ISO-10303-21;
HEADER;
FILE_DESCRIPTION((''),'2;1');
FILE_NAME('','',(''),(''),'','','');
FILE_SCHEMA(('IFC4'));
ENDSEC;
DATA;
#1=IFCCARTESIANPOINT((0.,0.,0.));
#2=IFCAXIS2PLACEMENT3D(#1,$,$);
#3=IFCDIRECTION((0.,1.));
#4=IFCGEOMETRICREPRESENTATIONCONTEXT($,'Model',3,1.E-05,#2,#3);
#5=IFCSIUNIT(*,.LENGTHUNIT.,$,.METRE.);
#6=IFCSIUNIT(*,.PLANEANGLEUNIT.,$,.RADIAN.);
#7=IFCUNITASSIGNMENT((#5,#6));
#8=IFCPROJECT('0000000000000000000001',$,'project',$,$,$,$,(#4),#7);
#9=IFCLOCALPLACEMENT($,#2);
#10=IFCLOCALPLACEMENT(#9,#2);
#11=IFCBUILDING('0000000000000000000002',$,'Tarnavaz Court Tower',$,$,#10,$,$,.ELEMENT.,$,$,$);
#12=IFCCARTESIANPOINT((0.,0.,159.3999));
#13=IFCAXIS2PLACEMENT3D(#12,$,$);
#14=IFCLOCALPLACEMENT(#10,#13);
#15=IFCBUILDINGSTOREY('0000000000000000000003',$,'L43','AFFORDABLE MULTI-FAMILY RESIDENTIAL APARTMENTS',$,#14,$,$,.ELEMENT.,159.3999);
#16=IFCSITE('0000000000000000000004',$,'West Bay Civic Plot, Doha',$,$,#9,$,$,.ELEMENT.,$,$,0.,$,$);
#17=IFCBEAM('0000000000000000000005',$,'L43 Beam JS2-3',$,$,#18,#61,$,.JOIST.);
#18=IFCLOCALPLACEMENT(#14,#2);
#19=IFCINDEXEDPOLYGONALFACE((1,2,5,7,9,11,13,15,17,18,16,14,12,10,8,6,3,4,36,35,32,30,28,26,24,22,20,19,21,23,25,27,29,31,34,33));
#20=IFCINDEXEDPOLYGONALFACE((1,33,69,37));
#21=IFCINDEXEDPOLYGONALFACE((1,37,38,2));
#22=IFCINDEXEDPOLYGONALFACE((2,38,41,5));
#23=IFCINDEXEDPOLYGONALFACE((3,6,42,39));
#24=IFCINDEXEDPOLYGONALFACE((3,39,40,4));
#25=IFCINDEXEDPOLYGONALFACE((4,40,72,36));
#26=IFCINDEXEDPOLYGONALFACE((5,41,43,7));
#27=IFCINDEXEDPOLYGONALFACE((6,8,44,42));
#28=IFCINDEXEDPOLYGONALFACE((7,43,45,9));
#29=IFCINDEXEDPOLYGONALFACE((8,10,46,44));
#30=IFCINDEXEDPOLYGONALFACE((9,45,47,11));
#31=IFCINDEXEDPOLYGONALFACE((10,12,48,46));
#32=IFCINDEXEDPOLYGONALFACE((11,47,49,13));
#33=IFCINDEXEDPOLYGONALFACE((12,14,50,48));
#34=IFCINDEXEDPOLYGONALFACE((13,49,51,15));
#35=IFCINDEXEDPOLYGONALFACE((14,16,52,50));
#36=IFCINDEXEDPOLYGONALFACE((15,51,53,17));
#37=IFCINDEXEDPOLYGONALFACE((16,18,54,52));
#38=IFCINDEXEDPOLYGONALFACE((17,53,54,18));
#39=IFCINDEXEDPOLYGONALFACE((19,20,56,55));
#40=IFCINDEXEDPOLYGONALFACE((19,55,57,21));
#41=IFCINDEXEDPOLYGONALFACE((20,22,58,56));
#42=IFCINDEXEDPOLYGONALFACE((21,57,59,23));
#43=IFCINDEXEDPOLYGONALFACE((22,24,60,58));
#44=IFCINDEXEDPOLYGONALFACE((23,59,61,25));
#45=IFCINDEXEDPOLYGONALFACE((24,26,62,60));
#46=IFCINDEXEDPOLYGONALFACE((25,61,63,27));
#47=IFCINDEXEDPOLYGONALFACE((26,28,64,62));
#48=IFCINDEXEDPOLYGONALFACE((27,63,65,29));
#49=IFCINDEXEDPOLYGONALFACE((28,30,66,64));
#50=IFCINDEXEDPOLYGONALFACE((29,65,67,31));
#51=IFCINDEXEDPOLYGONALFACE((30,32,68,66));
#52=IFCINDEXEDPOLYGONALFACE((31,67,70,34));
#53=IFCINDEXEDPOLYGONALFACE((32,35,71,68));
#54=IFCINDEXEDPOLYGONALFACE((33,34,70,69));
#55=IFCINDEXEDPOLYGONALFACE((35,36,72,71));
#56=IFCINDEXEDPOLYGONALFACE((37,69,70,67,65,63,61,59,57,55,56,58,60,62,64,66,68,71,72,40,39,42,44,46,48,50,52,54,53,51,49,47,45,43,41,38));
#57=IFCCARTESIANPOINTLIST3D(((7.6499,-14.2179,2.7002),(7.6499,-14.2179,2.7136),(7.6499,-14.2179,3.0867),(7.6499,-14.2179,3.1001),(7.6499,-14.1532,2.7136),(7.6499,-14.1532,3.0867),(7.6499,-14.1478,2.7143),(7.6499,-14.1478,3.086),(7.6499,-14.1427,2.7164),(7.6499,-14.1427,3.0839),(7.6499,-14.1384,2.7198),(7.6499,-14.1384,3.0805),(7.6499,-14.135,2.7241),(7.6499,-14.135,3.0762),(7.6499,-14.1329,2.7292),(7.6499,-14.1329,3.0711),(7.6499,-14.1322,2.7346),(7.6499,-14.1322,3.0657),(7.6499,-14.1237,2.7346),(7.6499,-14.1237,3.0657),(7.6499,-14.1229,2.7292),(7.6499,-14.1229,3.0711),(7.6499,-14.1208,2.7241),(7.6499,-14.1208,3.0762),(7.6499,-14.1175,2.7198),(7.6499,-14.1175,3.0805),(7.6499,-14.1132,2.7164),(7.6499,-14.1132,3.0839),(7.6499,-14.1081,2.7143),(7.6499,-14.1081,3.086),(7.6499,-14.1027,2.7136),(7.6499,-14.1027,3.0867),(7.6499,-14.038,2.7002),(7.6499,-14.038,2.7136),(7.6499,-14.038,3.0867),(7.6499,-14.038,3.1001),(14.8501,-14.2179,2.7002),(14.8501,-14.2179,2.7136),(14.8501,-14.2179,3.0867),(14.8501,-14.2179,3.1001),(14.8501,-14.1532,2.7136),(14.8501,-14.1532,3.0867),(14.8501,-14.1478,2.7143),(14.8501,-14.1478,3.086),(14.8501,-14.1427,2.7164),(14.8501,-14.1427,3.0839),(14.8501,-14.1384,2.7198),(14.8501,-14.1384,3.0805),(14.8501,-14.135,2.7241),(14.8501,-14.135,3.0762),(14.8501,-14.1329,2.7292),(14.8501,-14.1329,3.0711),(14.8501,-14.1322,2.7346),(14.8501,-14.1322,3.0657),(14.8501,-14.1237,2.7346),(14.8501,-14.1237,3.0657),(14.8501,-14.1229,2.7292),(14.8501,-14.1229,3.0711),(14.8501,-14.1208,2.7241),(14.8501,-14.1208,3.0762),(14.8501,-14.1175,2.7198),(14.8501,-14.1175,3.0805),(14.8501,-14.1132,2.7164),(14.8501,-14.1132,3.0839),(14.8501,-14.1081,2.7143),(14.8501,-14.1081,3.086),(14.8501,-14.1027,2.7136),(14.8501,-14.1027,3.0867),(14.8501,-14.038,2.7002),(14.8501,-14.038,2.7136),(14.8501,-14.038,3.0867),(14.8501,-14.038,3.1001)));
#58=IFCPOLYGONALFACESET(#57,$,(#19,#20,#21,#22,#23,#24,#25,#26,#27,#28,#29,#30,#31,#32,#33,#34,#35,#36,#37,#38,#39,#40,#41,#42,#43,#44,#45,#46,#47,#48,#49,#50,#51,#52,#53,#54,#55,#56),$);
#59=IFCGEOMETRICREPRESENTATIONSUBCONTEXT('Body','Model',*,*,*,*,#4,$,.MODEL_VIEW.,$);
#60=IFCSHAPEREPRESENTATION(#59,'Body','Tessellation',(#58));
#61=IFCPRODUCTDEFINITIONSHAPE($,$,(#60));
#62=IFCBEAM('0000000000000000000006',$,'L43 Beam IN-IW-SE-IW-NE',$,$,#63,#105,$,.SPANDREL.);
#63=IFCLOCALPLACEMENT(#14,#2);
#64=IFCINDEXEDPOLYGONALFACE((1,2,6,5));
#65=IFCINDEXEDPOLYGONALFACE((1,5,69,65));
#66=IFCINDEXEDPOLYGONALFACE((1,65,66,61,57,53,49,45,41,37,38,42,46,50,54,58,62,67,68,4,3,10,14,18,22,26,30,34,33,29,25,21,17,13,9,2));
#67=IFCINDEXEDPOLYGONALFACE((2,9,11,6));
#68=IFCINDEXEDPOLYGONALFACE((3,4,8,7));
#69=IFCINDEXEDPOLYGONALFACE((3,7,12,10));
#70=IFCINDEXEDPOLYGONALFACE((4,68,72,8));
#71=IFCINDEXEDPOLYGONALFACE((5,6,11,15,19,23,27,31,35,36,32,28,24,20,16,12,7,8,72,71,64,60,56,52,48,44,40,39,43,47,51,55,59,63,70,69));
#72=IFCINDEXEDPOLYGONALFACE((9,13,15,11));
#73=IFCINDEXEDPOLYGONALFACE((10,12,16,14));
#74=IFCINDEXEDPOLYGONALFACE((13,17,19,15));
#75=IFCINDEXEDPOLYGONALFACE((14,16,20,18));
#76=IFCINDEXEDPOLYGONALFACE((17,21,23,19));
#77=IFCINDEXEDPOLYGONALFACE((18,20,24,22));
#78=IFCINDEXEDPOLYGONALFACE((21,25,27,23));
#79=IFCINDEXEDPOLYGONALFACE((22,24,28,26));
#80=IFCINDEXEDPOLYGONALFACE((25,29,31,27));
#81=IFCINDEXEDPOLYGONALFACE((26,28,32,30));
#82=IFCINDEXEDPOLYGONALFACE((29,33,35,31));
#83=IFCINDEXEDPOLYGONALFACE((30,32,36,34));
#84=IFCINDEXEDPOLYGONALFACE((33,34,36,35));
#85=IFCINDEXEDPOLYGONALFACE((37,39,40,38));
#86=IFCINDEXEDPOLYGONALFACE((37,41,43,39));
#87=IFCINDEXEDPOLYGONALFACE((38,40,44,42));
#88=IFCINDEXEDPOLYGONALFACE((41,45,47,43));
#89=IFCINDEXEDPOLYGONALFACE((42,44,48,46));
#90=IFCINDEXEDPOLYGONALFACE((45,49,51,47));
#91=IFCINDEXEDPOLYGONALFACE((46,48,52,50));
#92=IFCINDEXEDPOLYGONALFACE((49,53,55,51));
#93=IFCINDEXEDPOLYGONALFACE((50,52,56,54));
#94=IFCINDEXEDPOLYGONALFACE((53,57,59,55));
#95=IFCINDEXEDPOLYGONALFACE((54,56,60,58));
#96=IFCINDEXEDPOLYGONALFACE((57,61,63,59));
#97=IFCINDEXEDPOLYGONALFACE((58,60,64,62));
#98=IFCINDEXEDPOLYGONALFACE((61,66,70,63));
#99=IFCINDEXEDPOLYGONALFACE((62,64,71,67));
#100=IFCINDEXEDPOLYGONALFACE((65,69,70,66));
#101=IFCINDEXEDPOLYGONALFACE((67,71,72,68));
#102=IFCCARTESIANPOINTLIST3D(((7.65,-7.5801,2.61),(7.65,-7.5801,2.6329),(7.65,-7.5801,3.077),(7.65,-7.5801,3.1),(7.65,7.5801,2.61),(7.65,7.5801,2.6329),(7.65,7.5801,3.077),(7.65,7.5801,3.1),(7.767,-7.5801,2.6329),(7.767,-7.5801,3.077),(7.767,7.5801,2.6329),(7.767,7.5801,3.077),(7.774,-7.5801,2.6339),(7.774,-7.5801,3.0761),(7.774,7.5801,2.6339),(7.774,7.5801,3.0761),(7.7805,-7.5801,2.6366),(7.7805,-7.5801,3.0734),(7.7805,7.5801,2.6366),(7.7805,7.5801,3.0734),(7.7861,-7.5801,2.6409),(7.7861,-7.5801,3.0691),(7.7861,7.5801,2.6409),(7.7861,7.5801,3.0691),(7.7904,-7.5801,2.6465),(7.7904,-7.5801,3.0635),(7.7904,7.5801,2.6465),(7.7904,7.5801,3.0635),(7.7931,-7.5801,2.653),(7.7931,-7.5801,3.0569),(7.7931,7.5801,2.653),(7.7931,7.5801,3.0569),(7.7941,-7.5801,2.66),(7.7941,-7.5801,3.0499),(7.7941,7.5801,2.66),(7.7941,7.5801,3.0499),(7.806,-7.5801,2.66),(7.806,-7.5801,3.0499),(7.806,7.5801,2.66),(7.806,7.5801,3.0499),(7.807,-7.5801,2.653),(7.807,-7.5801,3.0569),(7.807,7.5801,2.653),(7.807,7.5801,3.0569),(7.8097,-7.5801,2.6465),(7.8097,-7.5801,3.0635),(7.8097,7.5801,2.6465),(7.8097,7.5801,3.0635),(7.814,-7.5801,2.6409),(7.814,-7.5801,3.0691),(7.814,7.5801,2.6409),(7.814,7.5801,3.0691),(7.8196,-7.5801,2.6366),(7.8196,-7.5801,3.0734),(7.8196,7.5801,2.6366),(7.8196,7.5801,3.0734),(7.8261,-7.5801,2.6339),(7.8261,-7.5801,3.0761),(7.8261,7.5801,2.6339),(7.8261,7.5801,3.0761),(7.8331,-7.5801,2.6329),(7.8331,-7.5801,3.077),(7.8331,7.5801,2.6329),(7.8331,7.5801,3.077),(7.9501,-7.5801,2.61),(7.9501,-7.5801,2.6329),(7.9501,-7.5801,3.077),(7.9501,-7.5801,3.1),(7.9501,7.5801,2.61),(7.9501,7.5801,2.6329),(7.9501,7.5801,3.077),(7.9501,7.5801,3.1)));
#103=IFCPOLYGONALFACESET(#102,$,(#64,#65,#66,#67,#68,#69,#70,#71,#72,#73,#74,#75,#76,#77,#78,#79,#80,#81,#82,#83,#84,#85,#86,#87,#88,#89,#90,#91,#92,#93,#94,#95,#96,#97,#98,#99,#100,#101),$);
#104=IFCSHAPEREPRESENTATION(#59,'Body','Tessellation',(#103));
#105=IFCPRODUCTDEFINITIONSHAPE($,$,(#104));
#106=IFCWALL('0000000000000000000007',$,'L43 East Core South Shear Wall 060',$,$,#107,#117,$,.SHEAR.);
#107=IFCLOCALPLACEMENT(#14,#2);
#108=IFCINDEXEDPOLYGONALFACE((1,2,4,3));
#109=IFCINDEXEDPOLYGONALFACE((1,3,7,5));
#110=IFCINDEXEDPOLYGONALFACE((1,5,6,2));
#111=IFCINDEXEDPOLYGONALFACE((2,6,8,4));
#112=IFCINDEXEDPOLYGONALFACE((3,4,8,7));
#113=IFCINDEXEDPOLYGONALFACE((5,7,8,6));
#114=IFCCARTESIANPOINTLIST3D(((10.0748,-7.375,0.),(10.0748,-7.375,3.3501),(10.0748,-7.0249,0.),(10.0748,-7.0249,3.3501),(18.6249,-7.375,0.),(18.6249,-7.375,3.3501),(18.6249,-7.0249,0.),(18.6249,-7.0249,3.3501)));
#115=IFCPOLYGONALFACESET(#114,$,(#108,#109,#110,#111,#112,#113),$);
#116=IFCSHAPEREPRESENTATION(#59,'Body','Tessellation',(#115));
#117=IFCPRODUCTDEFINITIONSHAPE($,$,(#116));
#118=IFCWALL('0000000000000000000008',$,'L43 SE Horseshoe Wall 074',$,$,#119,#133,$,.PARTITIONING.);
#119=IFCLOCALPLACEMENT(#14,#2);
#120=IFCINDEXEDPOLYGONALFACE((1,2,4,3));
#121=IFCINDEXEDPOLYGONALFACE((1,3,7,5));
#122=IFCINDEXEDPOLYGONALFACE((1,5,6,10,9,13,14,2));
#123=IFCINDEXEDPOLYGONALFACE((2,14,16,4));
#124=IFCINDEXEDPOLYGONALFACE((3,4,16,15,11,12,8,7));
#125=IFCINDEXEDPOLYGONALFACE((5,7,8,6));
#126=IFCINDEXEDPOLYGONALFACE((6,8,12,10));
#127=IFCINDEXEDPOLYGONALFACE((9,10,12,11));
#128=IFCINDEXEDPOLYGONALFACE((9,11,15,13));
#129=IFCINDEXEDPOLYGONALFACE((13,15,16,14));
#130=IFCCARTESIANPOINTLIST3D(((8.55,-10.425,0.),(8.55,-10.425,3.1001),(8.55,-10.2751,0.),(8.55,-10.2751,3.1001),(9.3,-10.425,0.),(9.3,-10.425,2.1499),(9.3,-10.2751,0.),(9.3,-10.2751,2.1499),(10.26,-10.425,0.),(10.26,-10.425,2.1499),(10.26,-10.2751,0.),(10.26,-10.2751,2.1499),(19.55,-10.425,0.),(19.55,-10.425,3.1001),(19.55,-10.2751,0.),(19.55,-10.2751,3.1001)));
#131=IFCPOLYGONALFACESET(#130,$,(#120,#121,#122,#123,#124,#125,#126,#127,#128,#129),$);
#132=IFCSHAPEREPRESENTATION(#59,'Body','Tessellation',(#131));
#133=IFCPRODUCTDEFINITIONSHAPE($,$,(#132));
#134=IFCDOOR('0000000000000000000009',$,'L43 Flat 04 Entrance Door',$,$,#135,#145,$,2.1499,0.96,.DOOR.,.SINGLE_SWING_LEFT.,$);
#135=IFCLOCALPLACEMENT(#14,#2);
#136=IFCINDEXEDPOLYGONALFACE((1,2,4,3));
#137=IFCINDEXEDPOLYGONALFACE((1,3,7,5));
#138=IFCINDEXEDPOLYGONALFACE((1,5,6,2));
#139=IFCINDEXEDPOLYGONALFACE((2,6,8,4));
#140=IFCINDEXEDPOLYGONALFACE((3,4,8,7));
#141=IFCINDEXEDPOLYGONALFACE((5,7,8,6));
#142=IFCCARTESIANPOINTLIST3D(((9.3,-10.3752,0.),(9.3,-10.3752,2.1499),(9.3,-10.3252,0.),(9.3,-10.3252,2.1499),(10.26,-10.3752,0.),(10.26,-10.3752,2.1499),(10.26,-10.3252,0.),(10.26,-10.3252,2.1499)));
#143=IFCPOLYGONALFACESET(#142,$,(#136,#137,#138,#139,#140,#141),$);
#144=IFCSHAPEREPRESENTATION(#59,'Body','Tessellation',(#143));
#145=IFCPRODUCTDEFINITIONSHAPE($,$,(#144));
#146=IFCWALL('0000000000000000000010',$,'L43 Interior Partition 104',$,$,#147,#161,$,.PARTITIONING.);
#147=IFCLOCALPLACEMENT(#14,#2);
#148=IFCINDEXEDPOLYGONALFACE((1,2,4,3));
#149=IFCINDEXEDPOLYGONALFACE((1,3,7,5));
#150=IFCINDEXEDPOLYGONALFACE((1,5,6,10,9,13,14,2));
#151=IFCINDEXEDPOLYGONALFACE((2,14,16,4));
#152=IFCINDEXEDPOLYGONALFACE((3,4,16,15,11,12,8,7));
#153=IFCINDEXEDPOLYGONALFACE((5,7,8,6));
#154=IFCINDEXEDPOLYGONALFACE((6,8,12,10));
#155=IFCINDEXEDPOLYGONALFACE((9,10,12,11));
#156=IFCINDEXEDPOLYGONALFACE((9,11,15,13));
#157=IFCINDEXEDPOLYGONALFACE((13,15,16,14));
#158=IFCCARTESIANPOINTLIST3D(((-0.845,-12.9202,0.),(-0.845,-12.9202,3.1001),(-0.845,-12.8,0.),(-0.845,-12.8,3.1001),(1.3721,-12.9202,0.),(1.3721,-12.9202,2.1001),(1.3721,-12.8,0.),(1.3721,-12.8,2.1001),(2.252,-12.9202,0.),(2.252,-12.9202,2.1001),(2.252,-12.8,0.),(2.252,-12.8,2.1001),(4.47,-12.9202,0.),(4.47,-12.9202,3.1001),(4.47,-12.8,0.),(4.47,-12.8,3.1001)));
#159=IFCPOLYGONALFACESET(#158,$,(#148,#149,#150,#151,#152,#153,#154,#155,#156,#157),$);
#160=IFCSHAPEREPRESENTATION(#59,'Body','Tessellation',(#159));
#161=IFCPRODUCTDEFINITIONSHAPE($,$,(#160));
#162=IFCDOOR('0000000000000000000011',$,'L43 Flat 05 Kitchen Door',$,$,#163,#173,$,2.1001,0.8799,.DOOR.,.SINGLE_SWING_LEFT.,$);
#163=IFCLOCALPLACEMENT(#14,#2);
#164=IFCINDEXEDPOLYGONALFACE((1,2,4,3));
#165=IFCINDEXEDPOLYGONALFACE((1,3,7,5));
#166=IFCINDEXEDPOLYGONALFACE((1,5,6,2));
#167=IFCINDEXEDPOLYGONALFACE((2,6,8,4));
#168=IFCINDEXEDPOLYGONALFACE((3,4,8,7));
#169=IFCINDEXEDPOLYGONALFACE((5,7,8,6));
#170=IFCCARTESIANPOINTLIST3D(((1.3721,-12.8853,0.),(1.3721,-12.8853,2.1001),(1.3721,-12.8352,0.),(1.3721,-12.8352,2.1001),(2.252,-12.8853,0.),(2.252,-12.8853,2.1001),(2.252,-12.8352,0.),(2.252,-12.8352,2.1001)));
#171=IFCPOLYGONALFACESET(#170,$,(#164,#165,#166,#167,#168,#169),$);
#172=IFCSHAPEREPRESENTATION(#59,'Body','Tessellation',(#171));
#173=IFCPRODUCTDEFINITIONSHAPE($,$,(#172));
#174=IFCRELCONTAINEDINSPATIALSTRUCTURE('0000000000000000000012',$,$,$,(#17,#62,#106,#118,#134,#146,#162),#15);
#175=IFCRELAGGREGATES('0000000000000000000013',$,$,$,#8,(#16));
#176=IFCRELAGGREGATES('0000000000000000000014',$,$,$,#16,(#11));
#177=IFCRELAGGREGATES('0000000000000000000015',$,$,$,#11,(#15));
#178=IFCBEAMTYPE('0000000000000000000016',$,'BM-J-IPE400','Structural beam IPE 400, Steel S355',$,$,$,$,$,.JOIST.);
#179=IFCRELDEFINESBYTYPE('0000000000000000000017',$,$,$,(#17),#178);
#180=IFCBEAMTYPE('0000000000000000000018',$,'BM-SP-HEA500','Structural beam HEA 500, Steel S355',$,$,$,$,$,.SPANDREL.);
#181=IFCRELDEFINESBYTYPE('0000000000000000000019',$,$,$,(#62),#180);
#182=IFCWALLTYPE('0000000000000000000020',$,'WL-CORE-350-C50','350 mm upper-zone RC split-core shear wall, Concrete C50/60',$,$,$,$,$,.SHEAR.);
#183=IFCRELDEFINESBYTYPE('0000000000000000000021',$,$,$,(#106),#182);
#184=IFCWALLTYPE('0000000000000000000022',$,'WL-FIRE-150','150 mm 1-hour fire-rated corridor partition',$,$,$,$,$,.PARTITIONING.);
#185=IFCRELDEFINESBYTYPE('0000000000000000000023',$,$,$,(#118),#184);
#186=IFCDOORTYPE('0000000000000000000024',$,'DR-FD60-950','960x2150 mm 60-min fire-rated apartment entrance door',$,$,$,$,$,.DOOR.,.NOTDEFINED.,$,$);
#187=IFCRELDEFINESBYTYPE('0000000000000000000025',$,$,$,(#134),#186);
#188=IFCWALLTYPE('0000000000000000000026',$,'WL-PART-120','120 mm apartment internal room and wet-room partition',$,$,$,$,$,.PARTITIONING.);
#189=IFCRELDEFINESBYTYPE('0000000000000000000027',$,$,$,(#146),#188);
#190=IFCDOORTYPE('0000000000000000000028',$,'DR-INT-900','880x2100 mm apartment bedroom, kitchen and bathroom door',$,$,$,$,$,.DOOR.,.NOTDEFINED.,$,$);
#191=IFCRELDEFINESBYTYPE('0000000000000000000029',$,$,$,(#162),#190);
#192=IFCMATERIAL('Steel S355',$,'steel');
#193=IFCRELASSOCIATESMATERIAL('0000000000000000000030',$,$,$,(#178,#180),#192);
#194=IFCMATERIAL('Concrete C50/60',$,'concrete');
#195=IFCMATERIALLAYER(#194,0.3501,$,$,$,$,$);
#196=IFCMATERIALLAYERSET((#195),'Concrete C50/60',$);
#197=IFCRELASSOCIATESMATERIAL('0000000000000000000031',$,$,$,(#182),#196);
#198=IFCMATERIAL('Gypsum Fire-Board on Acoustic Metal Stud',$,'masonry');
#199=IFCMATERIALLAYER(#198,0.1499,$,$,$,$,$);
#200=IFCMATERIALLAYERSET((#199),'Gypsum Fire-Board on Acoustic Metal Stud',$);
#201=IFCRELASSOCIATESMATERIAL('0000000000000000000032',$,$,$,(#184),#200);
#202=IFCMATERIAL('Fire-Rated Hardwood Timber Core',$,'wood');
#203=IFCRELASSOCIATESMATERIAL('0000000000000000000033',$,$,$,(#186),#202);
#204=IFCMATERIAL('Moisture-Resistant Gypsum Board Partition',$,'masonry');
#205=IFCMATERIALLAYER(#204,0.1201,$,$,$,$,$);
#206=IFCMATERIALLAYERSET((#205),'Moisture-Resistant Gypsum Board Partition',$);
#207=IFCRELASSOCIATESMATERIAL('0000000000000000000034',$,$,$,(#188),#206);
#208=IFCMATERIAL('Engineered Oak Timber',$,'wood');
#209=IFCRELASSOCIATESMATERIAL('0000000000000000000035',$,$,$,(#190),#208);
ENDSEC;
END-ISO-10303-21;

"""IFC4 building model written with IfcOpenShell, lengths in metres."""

from ifc_helpers import new_model, si_unit, direction, frame, frame_2d, origin, origin_2d, place, context, subcontext, project, spatial, rectangle, i_section, extrude, material, layer, layer_set, material_profile, profile_set, type_object, element, fill, save


model = new_model("IFC4")

# Units and contexts
model_context = context("Model", 3, precision=1e-05, world=origin(), true_north=direction((0.0, 1.0)))
body_context = subcontext(model_context, "Body", "Model", "MODEL_VIEW")
ifc_project = project(units=[si_unit("LENGTHUNIT", "METRE"), si_unit("PLANEANGLEUNIT", "RADIAN")], contexts=[model_context])

# Site, building, storey
site_placement = place(None, origin())
site = spatial("IfcSite", under=ifc_project, at=site_placement, Name="West Bay Civic Plot, Doha", CompositionType="ELEMENT", RefElevation=0.0)
building_placement = place(site_placement, origin())
building = spatial("IfcBuilding", under=site, at=building_placement, Name="Tarnavaz Court Tower", CompositionType="ELEMENT")
storey_placement = place(building_placement, frame((0.0, 0.0, 159.3999)))
storey = spatial("IfcBuildingStorey", under=building, at=storey_placement, Name="L43", Description="AFFORDABLE MULTI-FAMILY RESIDENTIAL APARTMENTS", CompositionType="ELEMENT", Elevation=159.3999)

# Beams
ifc_material_1 = material(Name="Steel S355", Category="steel")
ifc_material_profile_1 = material_profile(ifc_material_1, i_section(OverallWidth=0.1799, OverallDepth=0.3999, WebThickness=0.0085, FlangeThickness=0.0134, FilletRadius=0.021, at=origin_2d()), Name="IPE 400")
ifc_profile_set_1 = profile_set([ifc_material_profile_1], Name="Steel S355")
beam_type_1 = type_object("IfcBeamType", Name="BM-J-IPE400", Description="Structural beam IPE 400, Steel S355", PredefinedType="JOIST", material=ifc_profile_set_1)
for number, where, z_axis, x_axis, name in (
    (1, (7.6499, -14.1279, 2.9001), (1.0, 0.0, 0.0), (0.0, 1.0, 0.0), "L43 Beam JS2-3"),
):
    element("IfcBeam", number, at=place(storey_placement, frame(where, z_axis=z_axis, x_axis=x_axis)), inside=storey, type_object=beam_type_1, Name=name, PredefinedType="JOIST", context=body_context, shape_type="SweptSolid", body=[
        extrude(i_section(OverallWidth=0.1799, OverallDepth=0.3999, WebThickness=0.0085, FlangeThickness=0.0134, FilletRadius=0.021, at=origin_2d()), origin(), (0.0, 0.0, 1.0), 7.2002),
    ])
ifc_material_profile_2 = material_profile(ifc_material_1, i_section(OverallWidth=0.3, OverallDepth=0.49, WebThickness=0.012, FlangeThickness=0.0229, FilletRadius=0.0271, at=origin_2d()), Name="HEA 500")
ifc_profile_set_2 = profile_set([ifc_material_profile_2], Name="Steel S355")
beam_type_2 = type_object("IfcBeamType", Name="BM-SP-HEA500", Description="Structural beam HEA 500, Steel S355", PredefinedType="SPANDREL", material=ifc_profile_set_2)
beam_1_placement = place(storey_placement, frame((7.8, -7.5801, 2.855), z_axis=(0.0, 1.0, 0.0), x_axis=(-1.0, 0.0, 0.0)))
element("IfcBeam", 2, at=beam_1_placement, inside=storey, type_object=beam_type_2, Name="L43 Beam IN-IW-SE-IW-NE", PredefinedType="SPANDREL", context=body_context, shape_type="SweptSolid", body=[
    extrude(i_section(OverallWidth=0.3, OverallDepth=0.49, WebThickness=0.012, FlangeThickness=0.0229, FilletRadius=0.0271, at=origin_2d()), origin(), (0.0, 0.0, 1.0), 15.1602),
])

# Wall
ifc_material_2 = material(Name="Concrete C50/60", Category="concrete")
ifc_layer_1 = layer(ifc_material_2, 0.3501)
ifc_layer_set_1 = layer_set([ifc_layer_1], Name="Concrete C50/60")
wall_type_1 = type_object("IfcWallType", Name="WL-CORE-350-C50", Description="350 mm upper-zone RC split-core shear wall, Concrete C50/60", PredefinedType="SHEAR", material=ifc_layer_set_1)
wall_1_placement = place(storey_placement, frame((10.075, -7.2, 0.0), z_axis=(0.0, 0.0, 1.0), x_axis=(1.0, 0.0, 0.0)))
element("IfcWall", 3, at=wall_1_placement, inside=storey, type_object=wall_type_1, Name="L43 East Core South Shear Wall 060", PredefinedType="SHEAR", context=body_context, shape_type="SweptSolid", body=[
    extrude(rectangle(XDim=8.55, YDim=0.3501, at=frame_2d((4.2749, 0.0))), origin(), (0.0, 0.0, 1.0), 3.3501),
])

# Walls, openings, doors
ifc_material_3 = material(Name="Gypsum Fire-Board on Acoustic Metal Stud", Category="masonry")
ifc_layer_2 = layer(ifc_material_3, 0.1499)
ifc_layer_set_2 = layer_set([ifc_layer_2], Name="Gypsum Fire-Board on Acoustic Metal Stud")
wall_type_2 = type_object("IfcWallType", Name="WL-FIRE-150", Description="150 mm 1-hour fire-rated corridor partition", PredefinedType="PARTITIONING", material=ifc_layer_set_2)
wall_2_placement = place(storey_placement, frame((8.55, -10.3501, 0.0), z_axis=(0.0, 0.0, 1.0), x_axis=(1.0, 0.0, 0.0)))
wall_2 = element("IfcWall", 4, at=wall_2_placement, inside=storey, type_object=wall_type_2, Name="L43 SE Horseshoe Wall 074", PredefinedType="PARTITIONING", context=body_context, shape_type="SweptSolid", body=[
    extrude(rectangle(XDim=11.0, YDim=0.1499, at=frame_2d((5.5, 0.0))), origin(), (0.0, 0.0, 1.0), 3.1001),
])
opening_1_placement = place(wall_2_placement, frame((0.75, 0.0, 0.0)))
opening_1 = element("IfcOpeningElement", 5, at=opening_1_placement, cuts=wall_2, PredefinedType="OPENING", context=body_context, shape_type="SweptSolid", body=[
    extrude(rectangle(XDim=0.96, YDim=2.1499, at=frame_2d((0.48, 1.075))), frame((0.0, 0.085, 0.0), z_axis=(0.0, -1.0, 0.0), x_axis=(1.0, 0.0, 0.0)), (0.0, 0.0, 1.0), 0.1699),
])
ifc_material_4 = material(Name="Fire-Rated Hardwood Timber Core", Category="wood")
door_type_1 = type_object("IfcDoorType", Name="DR-FD60-950", Description="960x2150 mm 60-min fire-rated apartment entrance door", OperationType="NOTDEFINED", PredefinedType="DOOR", material=ifc_material_4)
door_1_placement = place(opening_1_placement, origin())
door_1 = element("IfcDoor", 6, at=door_1_placement, inside=storey, type_object=door_type_1, Name="L43 Flat 04 Entrance Door", OperationType="SINGLE_SWING_LEFT", OverallHeight=2.1499, OverallWidth=0.96, PredefinedType="DOOR", context=body_context, shape_type="SweptSolid", body=[
    extrude(rectangle(XDim=0.96, YDim=2.1499, at=frame_2d((0.48, 1.075))), frame((0.0, 0.0249, 0.0), z_axis=(0.0, -1.0, 0.0), x_axis=(1.0, 0.0, 0.0)), (0.0, 0.0, 1.0), 0.05),
])
fill(opening_1, door_1)
ifc_material_5 = material(Name="Moisture-Resistant Gypsum Board Partition", Category="masonry")
ifc_layer_3 = layer(ifc_material_5, 0.1201)
ifc_layer_set_3 = layer_set([ifc_layer_3], Name="Moisture-Resistant Gypsum Board Partition")
wall_type_3 = type_object("IfcWallType", Name="WL-PART-120", Description="120 mm apartment internal room and wet-room partition", PredefinedType="PARTITIONING", material=ifc_layer_set_3)
wall_3_placement = place(storey_placement, frame((-0.845, -12.8601, 0.0), z_axis=(0.0, 0.0, 1.0), x_axis=(1.0, 0.0, 0.0)))
wall_3 = element("IfcWall", 7, at=wall_3_placement, inside=storey, type_object=wall_type_3, Name="L43 Interior Partition 104", PredefinedType="PARTITIONING", context=body_context, shape_type="SweptSolid", body=[
    extrude(rectangle(XDim=5.3149, YDim=0.1201, at=frame_2d((2.6575, 0.0))), origin(), (0.0, 0.0, 1.0), 3.1001),
])
opening_2_placement = place(wall_3_placement, frame((2.217, 0.0, 0.0)))
opening_2 = element("IfcOpeningElement", 8, at=opening_2_placement, cuts=wall_3, PredefinedType="OPENING", context=body_context, shape_type="SweptSolid", body=[
    extrude(rectangle(XDim=0.8799, YDim=2.1001, at=frame_2d((0.4399, 1.05))), frame((0.0, 0.0701, 0.0), z_axis=(0.0, -1.0, 0.0), x_axis=(1.0, 0.0, 0.0)), (0.0, 0.0, 1.0), 0.1401),
])
ifc_material_6 = material(Name="Engineered Oak Timber", Category="wood")
door_type_2 = type_object("IfcDoorType", Name="DR-INT-900", Description="880x2100 mm apartment bedroom, kitchen and bathroom door", OperationType="NOTDEFINED", PredefinedType="DOOR", material=ifc_material_6)
door_2_placement = place(opening_2_placement, origin())
door_2 = element("IfcDoor", 9, at=door_2_placement, inside=storey, type_object=door_type_2, Name="L43 Flat 05 Kitchen Door", OperationType="SINGLE_SWING_LEFT", OverallHeight=2.1001, OverallWidth=0.8799, PredefinedType="DOOR", context=body_context, shape_type="SweptSolid", body=[
    extrude(rectangle(XDim=0.8799, YDim=2.1001, at=frame_2d((0.4399, 1.05))), frame((0.0, 0.0249, 0.0), z_axis=(0.0, -1.0, 0.0), x_axis=(1.0, 0.0, 0.0)), (0.0, 0.0, 1.0), 0.05),
])
fill(opening_2, door_2)

save(model, "model.ifc")
